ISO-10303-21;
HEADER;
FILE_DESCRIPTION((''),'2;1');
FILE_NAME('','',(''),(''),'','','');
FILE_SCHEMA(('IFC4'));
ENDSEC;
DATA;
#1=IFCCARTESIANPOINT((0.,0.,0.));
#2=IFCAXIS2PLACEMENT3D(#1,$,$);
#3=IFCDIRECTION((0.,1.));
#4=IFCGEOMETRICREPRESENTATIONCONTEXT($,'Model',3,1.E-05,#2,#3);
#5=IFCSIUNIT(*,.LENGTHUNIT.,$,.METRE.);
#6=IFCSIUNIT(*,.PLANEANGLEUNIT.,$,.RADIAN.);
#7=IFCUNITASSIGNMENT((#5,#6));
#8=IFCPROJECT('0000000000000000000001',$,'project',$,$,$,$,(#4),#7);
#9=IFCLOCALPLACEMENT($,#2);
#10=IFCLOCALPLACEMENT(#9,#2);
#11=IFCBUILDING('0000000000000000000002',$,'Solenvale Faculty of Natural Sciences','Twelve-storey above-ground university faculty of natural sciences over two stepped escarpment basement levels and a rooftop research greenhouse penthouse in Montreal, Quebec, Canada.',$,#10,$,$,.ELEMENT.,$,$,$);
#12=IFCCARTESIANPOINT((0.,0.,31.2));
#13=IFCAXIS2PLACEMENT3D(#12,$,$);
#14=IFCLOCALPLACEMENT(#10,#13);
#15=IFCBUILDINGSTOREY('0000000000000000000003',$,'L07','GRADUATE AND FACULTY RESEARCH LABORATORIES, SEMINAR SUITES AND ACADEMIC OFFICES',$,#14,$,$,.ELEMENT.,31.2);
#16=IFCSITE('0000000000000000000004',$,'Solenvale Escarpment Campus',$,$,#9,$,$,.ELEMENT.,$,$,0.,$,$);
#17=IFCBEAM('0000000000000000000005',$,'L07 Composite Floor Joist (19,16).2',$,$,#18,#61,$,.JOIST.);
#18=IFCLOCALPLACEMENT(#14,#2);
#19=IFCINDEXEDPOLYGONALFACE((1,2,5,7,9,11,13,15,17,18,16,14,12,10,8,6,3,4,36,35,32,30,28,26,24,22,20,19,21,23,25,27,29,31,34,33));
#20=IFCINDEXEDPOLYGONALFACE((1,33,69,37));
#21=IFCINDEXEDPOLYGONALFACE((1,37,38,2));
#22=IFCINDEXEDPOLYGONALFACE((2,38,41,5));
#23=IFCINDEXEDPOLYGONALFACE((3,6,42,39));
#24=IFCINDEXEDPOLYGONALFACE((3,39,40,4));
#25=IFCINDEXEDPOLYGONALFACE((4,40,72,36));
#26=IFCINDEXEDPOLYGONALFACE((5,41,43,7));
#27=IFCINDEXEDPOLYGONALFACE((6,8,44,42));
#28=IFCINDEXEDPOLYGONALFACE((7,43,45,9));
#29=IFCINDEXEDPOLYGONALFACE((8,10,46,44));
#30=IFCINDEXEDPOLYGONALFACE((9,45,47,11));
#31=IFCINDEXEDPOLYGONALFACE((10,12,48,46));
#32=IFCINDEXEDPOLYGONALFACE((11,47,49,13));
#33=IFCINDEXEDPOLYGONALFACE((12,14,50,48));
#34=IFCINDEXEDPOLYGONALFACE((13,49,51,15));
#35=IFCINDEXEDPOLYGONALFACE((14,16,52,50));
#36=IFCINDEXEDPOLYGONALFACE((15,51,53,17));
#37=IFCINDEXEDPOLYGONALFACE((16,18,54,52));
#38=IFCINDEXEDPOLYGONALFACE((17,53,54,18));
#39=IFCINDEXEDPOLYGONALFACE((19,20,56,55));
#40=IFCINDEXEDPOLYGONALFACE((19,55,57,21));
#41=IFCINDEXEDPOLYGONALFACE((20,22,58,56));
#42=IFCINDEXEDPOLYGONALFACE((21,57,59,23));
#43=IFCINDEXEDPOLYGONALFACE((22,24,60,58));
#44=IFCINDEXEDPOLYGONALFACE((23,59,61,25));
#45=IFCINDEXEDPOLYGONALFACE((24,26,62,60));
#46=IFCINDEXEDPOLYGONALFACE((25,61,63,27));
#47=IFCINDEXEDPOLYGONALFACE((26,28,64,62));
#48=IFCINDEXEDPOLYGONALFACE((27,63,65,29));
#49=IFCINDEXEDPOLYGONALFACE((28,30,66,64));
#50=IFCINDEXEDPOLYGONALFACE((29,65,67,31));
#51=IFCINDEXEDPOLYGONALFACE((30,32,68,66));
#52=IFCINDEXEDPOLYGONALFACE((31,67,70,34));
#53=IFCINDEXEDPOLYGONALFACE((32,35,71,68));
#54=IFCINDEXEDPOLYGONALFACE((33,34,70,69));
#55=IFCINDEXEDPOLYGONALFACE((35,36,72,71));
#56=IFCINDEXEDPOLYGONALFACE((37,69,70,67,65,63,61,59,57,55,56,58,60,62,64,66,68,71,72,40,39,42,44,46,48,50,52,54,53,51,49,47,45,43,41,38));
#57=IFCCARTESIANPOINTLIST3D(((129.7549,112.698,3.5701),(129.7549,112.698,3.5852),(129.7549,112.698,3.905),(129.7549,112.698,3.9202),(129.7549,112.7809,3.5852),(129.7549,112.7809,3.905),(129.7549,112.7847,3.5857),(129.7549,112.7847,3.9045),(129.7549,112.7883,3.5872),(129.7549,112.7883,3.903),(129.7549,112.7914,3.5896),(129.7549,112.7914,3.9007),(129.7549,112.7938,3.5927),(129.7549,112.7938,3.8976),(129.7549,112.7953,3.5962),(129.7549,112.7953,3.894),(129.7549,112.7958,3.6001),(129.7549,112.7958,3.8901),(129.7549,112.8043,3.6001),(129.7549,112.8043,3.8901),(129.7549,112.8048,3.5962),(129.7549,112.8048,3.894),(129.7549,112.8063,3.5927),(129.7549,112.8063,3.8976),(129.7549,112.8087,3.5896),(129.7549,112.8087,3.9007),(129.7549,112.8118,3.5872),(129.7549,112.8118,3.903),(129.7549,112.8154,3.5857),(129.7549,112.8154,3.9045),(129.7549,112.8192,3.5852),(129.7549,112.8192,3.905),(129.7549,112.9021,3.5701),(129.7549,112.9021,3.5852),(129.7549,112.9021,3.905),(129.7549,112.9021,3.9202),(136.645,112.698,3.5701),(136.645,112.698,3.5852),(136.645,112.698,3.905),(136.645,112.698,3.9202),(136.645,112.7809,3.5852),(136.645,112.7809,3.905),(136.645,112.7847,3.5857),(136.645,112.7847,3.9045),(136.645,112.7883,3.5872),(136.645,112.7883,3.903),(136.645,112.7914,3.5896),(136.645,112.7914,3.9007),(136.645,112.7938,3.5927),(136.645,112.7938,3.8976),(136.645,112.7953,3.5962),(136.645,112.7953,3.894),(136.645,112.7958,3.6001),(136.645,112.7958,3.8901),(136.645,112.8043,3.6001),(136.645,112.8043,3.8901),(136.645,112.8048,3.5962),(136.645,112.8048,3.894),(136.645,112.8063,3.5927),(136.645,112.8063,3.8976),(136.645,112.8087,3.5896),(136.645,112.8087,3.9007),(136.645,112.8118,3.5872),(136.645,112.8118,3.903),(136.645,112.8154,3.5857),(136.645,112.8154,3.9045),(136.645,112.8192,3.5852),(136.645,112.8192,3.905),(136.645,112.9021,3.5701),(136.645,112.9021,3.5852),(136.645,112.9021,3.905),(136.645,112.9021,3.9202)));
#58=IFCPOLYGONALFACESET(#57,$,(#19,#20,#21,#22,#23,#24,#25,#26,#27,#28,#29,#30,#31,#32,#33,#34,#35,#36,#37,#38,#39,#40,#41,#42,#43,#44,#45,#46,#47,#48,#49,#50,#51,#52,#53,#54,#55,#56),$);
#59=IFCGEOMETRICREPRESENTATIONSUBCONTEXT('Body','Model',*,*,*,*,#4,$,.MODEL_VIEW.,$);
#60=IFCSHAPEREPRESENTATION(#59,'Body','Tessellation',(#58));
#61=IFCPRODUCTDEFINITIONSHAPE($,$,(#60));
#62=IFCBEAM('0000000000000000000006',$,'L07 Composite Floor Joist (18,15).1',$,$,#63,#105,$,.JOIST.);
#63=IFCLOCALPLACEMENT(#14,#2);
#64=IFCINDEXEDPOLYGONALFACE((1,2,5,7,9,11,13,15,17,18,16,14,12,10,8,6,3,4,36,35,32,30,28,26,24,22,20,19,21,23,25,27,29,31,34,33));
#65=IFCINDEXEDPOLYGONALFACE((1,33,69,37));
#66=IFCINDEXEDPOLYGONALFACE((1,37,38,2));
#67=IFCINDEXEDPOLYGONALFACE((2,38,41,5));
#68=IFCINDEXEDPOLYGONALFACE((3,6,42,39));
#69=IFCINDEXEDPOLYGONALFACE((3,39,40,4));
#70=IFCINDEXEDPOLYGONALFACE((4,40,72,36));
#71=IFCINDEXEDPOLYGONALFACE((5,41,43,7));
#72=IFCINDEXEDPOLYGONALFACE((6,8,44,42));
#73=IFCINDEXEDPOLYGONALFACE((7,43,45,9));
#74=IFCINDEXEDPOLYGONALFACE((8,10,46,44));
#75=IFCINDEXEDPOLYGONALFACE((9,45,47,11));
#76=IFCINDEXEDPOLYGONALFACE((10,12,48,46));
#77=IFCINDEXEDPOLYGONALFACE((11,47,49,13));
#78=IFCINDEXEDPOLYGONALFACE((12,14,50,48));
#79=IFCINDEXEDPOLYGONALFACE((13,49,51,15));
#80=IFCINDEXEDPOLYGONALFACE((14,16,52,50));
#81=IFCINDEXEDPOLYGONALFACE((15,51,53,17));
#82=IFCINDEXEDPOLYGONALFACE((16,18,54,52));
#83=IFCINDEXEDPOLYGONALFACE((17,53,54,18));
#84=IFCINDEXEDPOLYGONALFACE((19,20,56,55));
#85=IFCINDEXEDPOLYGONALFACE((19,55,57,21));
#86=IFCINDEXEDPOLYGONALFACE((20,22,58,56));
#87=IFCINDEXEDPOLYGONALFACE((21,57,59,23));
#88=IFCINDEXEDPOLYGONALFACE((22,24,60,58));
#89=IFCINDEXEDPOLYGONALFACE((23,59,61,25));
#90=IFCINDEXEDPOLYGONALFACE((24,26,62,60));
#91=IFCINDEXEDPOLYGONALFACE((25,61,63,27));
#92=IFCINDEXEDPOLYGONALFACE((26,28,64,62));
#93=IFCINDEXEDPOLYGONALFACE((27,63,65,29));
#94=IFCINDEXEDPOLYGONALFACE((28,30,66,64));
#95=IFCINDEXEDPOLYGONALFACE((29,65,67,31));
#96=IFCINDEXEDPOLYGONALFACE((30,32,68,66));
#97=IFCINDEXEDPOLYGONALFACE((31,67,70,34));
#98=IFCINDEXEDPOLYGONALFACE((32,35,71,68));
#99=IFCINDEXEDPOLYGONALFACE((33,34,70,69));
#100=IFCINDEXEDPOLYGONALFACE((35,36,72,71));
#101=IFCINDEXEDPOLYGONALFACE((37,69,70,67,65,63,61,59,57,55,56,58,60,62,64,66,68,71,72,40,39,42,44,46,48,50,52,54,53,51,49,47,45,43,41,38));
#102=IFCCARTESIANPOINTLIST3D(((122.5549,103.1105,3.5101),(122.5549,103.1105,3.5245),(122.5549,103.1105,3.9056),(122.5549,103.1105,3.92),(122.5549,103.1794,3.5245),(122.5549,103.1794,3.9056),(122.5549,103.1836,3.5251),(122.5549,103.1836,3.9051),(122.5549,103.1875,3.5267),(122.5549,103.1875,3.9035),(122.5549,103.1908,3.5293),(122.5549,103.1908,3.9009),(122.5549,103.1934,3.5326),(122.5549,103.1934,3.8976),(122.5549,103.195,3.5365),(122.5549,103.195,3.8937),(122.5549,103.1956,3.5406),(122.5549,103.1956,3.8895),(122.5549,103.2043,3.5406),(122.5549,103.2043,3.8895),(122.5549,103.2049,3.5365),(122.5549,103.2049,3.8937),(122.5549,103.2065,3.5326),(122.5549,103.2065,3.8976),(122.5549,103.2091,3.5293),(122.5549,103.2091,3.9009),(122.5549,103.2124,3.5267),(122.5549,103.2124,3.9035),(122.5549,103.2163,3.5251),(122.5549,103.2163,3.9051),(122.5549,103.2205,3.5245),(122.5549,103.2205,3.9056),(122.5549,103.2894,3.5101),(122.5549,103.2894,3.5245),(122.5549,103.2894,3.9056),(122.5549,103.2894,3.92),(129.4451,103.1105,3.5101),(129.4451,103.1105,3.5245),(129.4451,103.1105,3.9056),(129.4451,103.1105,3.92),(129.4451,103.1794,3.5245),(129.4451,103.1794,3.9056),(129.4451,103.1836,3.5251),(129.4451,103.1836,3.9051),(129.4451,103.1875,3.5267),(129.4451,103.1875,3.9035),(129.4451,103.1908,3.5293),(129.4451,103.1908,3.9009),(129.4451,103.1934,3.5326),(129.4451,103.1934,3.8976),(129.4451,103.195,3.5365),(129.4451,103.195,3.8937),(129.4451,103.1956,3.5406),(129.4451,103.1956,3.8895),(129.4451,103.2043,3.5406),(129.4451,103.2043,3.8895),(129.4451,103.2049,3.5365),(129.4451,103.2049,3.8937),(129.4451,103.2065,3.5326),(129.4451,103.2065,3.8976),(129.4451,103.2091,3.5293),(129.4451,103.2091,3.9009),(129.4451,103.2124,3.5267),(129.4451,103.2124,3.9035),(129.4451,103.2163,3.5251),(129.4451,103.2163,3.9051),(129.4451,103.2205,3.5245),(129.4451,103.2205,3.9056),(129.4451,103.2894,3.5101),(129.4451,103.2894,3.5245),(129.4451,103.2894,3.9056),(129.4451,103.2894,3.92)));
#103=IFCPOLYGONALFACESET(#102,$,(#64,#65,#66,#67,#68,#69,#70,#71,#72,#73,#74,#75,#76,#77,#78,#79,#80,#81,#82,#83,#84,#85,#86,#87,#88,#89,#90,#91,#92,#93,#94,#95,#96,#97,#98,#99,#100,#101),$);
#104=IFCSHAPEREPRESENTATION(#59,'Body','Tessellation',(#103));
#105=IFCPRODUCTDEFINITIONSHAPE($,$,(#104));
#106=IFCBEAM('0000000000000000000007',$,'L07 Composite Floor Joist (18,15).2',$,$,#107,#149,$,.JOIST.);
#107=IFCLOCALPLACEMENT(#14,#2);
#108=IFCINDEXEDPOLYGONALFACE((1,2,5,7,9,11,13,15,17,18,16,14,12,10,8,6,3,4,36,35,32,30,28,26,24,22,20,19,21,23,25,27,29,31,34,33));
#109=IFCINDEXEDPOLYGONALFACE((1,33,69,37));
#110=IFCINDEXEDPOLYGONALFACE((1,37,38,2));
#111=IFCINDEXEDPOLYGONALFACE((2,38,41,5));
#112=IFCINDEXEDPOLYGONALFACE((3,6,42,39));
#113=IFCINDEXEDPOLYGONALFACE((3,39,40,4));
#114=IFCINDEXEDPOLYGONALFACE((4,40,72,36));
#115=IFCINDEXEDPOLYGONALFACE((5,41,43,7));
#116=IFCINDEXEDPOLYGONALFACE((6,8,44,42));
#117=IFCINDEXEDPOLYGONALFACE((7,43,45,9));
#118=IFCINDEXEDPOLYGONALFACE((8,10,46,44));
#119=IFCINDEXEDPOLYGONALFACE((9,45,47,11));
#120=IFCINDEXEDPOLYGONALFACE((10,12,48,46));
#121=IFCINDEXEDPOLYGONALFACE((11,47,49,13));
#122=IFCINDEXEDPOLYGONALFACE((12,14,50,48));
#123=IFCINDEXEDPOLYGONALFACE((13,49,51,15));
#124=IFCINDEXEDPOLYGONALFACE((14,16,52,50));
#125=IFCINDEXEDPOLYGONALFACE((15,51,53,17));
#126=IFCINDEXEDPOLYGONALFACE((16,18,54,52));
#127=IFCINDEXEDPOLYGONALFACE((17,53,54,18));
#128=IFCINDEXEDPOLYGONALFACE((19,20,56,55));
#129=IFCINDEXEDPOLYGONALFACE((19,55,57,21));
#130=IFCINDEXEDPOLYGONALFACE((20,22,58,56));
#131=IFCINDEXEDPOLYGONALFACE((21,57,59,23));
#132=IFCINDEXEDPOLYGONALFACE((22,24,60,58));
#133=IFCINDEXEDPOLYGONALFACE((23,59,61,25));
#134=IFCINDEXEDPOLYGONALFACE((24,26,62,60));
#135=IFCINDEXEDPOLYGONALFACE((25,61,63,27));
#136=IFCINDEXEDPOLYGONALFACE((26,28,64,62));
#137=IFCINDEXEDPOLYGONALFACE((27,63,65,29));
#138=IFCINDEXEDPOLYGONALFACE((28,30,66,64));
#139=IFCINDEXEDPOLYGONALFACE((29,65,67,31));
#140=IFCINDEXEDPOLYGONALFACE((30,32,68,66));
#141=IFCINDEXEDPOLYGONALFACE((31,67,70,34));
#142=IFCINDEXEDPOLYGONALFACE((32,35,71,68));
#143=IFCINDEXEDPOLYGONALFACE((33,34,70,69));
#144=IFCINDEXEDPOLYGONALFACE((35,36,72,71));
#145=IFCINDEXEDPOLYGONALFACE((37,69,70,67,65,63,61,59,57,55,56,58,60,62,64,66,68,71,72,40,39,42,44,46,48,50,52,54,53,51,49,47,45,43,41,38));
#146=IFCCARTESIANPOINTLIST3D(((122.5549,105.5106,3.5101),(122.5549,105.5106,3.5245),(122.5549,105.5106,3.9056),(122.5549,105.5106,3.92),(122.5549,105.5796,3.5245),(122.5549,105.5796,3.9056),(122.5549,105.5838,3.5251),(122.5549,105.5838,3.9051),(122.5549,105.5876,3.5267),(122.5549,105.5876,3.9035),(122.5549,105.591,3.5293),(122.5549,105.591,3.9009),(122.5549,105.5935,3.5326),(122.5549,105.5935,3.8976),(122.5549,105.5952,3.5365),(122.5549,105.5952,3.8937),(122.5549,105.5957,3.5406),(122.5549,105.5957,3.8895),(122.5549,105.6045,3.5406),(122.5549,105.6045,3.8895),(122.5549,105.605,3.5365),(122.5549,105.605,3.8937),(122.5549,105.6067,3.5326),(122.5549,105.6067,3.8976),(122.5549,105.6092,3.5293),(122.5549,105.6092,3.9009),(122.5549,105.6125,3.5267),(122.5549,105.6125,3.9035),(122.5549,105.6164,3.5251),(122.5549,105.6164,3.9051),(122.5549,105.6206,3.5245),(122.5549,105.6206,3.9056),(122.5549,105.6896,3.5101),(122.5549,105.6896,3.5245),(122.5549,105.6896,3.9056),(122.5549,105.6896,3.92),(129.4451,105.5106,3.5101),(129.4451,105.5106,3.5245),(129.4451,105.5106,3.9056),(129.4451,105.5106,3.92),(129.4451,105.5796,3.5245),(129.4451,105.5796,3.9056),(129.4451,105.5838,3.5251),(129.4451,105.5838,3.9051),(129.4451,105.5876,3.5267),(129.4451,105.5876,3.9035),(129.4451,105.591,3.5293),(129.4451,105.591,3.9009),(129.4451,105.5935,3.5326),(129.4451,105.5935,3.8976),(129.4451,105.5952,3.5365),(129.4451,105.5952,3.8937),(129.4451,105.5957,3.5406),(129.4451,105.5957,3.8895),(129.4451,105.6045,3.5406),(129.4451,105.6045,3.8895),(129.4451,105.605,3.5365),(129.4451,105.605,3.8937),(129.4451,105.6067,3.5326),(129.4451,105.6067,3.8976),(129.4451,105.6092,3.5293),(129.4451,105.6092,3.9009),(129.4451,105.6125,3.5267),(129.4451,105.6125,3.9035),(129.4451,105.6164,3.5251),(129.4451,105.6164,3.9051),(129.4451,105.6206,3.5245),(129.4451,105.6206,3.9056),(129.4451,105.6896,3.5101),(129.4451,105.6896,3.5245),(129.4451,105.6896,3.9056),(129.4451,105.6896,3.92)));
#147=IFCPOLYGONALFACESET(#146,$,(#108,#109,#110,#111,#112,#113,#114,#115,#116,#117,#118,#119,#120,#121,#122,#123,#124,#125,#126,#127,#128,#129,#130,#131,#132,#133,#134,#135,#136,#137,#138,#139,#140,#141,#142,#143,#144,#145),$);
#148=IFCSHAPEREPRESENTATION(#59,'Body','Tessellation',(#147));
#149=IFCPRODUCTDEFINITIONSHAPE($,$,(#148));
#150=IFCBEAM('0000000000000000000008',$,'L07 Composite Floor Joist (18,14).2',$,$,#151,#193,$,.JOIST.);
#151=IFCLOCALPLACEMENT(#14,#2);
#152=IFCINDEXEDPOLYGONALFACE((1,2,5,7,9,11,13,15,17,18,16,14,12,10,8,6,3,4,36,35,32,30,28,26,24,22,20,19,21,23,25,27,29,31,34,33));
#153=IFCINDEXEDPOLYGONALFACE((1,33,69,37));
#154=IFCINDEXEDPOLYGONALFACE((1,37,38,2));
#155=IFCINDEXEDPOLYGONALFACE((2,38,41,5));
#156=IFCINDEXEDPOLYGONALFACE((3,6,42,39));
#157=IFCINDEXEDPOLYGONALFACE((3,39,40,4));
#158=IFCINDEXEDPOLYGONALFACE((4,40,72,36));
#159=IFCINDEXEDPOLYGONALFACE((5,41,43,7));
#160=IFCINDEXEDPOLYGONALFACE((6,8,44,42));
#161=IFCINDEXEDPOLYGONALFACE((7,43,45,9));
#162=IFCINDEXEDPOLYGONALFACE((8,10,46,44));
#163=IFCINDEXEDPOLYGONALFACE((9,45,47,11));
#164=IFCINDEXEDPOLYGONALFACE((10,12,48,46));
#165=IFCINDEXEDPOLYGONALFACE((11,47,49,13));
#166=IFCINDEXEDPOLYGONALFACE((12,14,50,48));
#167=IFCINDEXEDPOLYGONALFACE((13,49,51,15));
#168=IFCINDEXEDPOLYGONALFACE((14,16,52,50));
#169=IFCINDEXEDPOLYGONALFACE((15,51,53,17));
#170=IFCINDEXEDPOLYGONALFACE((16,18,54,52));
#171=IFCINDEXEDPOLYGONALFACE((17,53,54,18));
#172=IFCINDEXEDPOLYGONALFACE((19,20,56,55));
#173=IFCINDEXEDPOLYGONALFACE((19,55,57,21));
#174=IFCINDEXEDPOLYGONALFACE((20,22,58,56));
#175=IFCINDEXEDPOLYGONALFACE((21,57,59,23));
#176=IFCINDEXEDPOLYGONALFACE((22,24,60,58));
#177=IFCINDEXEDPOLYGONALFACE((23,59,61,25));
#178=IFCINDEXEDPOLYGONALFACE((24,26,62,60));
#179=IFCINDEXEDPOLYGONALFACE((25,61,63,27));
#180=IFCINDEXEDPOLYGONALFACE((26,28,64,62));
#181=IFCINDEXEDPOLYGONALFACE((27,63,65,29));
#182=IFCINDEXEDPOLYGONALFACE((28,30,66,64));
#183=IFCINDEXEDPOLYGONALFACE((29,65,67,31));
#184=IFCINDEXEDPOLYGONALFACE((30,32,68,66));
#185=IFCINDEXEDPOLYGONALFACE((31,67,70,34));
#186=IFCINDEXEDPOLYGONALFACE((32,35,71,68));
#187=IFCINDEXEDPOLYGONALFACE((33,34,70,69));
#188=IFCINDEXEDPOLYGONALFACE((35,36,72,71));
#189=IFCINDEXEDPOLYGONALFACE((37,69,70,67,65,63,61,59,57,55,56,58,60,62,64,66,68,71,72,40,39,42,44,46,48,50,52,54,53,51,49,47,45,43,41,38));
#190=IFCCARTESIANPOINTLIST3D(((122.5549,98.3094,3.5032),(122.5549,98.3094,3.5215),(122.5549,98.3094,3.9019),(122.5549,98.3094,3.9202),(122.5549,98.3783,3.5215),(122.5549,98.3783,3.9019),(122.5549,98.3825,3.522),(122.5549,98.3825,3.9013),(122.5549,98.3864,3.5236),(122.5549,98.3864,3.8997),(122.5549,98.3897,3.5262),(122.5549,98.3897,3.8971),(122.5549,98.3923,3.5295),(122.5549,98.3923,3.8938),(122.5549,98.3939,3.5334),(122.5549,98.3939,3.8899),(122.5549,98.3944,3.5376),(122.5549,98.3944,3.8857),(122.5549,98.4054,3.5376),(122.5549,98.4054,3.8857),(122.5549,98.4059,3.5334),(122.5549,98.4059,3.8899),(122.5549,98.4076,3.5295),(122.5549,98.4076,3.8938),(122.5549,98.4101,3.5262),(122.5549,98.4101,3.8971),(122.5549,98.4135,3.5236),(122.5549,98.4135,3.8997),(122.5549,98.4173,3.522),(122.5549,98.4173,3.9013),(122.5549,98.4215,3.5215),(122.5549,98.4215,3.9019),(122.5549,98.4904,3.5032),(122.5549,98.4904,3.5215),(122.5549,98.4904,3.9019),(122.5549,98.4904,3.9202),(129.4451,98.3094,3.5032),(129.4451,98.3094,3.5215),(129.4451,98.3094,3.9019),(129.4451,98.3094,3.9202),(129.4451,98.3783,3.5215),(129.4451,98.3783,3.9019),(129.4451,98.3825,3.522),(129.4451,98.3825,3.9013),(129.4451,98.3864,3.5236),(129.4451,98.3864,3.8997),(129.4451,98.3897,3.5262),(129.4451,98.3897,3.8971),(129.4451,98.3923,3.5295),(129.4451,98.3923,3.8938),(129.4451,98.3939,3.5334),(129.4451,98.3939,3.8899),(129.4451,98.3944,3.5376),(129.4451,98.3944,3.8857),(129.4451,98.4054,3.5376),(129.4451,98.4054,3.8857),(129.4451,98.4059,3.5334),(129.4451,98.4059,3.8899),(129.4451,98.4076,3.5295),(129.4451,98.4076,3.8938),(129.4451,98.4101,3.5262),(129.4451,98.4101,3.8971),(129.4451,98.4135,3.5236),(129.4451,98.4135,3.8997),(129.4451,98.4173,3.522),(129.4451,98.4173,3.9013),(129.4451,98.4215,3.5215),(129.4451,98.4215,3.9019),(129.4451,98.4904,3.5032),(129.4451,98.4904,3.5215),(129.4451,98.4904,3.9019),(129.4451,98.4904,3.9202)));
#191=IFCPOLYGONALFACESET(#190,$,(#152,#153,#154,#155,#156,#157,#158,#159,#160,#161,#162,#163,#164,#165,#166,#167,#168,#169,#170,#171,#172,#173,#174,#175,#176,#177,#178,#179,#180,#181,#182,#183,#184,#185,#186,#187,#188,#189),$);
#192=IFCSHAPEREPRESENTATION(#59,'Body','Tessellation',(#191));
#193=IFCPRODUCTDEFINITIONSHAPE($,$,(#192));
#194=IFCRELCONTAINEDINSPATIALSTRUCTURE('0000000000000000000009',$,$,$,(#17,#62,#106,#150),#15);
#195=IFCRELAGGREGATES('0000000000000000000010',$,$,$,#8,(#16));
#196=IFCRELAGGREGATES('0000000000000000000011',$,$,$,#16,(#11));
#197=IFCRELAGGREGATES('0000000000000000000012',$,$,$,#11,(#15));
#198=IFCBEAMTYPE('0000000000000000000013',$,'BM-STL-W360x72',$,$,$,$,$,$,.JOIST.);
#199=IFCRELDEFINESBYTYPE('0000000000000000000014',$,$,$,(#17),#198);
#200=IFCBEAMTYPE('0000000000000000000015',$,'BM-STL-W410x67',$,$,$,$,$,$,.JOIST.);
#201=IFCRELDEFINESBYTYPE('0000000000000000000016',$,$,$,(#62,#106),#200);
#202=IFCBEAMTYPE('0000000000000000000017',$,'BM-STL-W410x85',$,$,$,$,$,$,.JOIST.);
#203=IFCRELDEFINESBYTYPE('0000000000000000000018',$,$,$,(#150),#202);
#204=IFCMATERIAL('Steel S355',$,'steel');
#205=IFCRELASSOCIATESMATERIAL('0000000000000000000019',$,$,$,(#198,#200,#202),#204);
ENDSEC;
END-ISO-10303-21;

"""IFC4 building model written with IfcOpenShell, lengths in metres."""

from ifc_helpers import new_model, si_unit, direction, frame, origin, origin_2d, place, context, subcontext, project, spatial, i_section, extrude, material, material_profile, profile_set, type_object, element, save


model = new_model("IFC4")

# Units and contexts
model_context = context("Model", 3, precision=1e-05, world=origin(), true_north=direction((0.0, 1.0)))
body_context = subcontext(model_context, "Body", "Model", "MODEL_VIEW")
ifc_project = project(units=[si_unit("LENGTHUNIT", "METRE"), si_unit("PLANEANGLEUNIT", "RADIAN")], contexts=[model_context])

# Site, building, storey
site_placement = place(None, origin())
site = spatial("IfcSite", under=ifc_project, at=site_placement, Name="Solenvale Escarpment Campus", CompositionType="ELEMENT", RefElevation=0.0)
building_placement = place(site_placement, origin())
building = spatial("IfcBuilding", under=site, at=building_placement, Name="Solenvale Faculty of Natural Sciences", Description="Twelve-storey above-ground university faculty of natural sciences over two stepped escarpment basement levels and a rooftop research greenhouse penthouse in Montreal, Quebec, Canada.", CompositionType="ELEMENT")
storey_placement = place(building_placement, frame((0.0, 0.0, 31.2)))
storey = spatial("IfcBuildingStorey", under=building, at=storey_placement, Name="L07", Description="GRADUATE AND FACULTY RESEARCH LABORATORIES, SEMINAR SUITES AND ACADEMIC OFFICES", CompositionType="ELEMENT", Elevation=31.2)

# Beams
ifc_material_1 = material(Name="Steel S355", Category="steel")
ifc_material_profile_1 = material_profile(ifc_material_1, i_section(OverallWidth=0.2041, OverallDepth=0.3501, WebThickness=0.0085, FlangeThickness=0.0151, FilletRadius=0.0149, at=origin_2d()), Name="W360x72")
ifc_profile_set_1 = profile_set([ifc_material_profile_1], Name="Steel S355")
beam_type_1 = type_object("IfcBeamType", Name="BM-STL-W360x72", PredefinedType="JOIST", material=ifc_profile_set_1)
for number, where, z_axis, x_axis, name in (
    (1, (129.7549, 112.8, 3.7451), (1.0, 0.0, 0.0), (0.0, 1.0, 0.0), "L07 Composite Floor Joist (19,16).2"),
):
    element("IfcBeam", number, at=place(storey_placement, frame(where, z_axis=z_axis, x_axis=x_axis)), inside=storey, type_object=beam_type_1, Name=name, PredefinedType="JOIST", context=body_context, shape_type="SweptSolid", body=[
        extrude(i_section(OverallWidth=0.2041, OverallDepth=0.3501, WebThickness=0.0085, FlangeThickness=0.0151, FilletRadius=0.0149, at=origin_2d()), origin(), (0.0, 0.0, 1.0), 6.8901),
    ])
ifc_material_profile_2 = material_profile(ifc_material_1, i_section(OverallWidth=0.179, OverallDepth=0.4099, WebThickness=0.0088, FlangeThickness=0.0144, FilletRadius=0.0161, at=origin_2d()), Name="W410x67")
ifc_profile_set_2 = profile_set([ifc_material_profile_2], Name="Steel S355")
beam_type_2 = type_object("IfcBeamType", Name="BM-STL-W410x67", PredefinedType="JOIST", material=ifc_profile_set_2)
for number, where, z_axis, x_axis, name in (
    (2, (122.5549, 103.2, 3.7151), (1.0, 0.0, 0.0), (0.0, 1.0, 0.0), "L07 Composite Floor Joist (18,15).1"),
    (3, (122.5549, 105.6001, 3.7151), (1.0, 0.0, 0.0), (0.0, 1.0, 0.0), "L07 Composite Floor Joist (18,15).2"),
):
    element("IfcBeam", number, at=place(storey_placement, frame(where, z_axis=z_axis, x_axis=x_axis)), inside=storey, type_object=beam_type_2, Name=name, PredefinedType="JOIST", context=body_context, shape_type="SweptSolid", body=[
        extrude(i_section(OverallWidth=0.179, OverallDepth=0.4099, WebThickness=0.0088, FlangeThickness=0.0144, FilletRadius=0.0161, at=origin_2d()), origin(), (0.0, 0.0, 1.0), 6.8901),
    ])
ifc_material_profile_3 = material_profile(ifc_material_1, i_section(OverallWidth=0.1809, OverallDepth=0.417, WebThickness=0.011, FlangeThickness=0.0183, FilletRadius=0.0161, at=origin_2d()), Name="W410x85")
ifc_profile_set_3 = profile_set([ifc_material_profile_3], Name="Steel S355")
beam_type_3 = type_object("IfcBeamType", Name="BM-STL-W410x85", PredefinedType="JOIST", material=ifc_profile_set_3)
beam_placement = place(storey_placement, frame((122.5549, 98.3999, 3.7117), z_axis=(1.0, 0.0, 0.0), x_axis=(0.0, 1.0, 0.0)))
element("IfcBeam", 4, at=beam_placement, inside=storey, type_object=beam_type_3, Name="L07 Composite Floor Joist (18,14).2", PredefinedType="JOIST", context=body_context, shape_type="SweptSolid", body=[
    extrude(i_section(OverallWidth=0.1809, OverallDepth=0.417, WebThickness=0.011, FlangeThickness=0.0183, FilletRadius=0.0161, at=origin_2d()), origin(), (0.0, 0.0, 1.0), 6.8901),
])

save(model, "model.ifc")
